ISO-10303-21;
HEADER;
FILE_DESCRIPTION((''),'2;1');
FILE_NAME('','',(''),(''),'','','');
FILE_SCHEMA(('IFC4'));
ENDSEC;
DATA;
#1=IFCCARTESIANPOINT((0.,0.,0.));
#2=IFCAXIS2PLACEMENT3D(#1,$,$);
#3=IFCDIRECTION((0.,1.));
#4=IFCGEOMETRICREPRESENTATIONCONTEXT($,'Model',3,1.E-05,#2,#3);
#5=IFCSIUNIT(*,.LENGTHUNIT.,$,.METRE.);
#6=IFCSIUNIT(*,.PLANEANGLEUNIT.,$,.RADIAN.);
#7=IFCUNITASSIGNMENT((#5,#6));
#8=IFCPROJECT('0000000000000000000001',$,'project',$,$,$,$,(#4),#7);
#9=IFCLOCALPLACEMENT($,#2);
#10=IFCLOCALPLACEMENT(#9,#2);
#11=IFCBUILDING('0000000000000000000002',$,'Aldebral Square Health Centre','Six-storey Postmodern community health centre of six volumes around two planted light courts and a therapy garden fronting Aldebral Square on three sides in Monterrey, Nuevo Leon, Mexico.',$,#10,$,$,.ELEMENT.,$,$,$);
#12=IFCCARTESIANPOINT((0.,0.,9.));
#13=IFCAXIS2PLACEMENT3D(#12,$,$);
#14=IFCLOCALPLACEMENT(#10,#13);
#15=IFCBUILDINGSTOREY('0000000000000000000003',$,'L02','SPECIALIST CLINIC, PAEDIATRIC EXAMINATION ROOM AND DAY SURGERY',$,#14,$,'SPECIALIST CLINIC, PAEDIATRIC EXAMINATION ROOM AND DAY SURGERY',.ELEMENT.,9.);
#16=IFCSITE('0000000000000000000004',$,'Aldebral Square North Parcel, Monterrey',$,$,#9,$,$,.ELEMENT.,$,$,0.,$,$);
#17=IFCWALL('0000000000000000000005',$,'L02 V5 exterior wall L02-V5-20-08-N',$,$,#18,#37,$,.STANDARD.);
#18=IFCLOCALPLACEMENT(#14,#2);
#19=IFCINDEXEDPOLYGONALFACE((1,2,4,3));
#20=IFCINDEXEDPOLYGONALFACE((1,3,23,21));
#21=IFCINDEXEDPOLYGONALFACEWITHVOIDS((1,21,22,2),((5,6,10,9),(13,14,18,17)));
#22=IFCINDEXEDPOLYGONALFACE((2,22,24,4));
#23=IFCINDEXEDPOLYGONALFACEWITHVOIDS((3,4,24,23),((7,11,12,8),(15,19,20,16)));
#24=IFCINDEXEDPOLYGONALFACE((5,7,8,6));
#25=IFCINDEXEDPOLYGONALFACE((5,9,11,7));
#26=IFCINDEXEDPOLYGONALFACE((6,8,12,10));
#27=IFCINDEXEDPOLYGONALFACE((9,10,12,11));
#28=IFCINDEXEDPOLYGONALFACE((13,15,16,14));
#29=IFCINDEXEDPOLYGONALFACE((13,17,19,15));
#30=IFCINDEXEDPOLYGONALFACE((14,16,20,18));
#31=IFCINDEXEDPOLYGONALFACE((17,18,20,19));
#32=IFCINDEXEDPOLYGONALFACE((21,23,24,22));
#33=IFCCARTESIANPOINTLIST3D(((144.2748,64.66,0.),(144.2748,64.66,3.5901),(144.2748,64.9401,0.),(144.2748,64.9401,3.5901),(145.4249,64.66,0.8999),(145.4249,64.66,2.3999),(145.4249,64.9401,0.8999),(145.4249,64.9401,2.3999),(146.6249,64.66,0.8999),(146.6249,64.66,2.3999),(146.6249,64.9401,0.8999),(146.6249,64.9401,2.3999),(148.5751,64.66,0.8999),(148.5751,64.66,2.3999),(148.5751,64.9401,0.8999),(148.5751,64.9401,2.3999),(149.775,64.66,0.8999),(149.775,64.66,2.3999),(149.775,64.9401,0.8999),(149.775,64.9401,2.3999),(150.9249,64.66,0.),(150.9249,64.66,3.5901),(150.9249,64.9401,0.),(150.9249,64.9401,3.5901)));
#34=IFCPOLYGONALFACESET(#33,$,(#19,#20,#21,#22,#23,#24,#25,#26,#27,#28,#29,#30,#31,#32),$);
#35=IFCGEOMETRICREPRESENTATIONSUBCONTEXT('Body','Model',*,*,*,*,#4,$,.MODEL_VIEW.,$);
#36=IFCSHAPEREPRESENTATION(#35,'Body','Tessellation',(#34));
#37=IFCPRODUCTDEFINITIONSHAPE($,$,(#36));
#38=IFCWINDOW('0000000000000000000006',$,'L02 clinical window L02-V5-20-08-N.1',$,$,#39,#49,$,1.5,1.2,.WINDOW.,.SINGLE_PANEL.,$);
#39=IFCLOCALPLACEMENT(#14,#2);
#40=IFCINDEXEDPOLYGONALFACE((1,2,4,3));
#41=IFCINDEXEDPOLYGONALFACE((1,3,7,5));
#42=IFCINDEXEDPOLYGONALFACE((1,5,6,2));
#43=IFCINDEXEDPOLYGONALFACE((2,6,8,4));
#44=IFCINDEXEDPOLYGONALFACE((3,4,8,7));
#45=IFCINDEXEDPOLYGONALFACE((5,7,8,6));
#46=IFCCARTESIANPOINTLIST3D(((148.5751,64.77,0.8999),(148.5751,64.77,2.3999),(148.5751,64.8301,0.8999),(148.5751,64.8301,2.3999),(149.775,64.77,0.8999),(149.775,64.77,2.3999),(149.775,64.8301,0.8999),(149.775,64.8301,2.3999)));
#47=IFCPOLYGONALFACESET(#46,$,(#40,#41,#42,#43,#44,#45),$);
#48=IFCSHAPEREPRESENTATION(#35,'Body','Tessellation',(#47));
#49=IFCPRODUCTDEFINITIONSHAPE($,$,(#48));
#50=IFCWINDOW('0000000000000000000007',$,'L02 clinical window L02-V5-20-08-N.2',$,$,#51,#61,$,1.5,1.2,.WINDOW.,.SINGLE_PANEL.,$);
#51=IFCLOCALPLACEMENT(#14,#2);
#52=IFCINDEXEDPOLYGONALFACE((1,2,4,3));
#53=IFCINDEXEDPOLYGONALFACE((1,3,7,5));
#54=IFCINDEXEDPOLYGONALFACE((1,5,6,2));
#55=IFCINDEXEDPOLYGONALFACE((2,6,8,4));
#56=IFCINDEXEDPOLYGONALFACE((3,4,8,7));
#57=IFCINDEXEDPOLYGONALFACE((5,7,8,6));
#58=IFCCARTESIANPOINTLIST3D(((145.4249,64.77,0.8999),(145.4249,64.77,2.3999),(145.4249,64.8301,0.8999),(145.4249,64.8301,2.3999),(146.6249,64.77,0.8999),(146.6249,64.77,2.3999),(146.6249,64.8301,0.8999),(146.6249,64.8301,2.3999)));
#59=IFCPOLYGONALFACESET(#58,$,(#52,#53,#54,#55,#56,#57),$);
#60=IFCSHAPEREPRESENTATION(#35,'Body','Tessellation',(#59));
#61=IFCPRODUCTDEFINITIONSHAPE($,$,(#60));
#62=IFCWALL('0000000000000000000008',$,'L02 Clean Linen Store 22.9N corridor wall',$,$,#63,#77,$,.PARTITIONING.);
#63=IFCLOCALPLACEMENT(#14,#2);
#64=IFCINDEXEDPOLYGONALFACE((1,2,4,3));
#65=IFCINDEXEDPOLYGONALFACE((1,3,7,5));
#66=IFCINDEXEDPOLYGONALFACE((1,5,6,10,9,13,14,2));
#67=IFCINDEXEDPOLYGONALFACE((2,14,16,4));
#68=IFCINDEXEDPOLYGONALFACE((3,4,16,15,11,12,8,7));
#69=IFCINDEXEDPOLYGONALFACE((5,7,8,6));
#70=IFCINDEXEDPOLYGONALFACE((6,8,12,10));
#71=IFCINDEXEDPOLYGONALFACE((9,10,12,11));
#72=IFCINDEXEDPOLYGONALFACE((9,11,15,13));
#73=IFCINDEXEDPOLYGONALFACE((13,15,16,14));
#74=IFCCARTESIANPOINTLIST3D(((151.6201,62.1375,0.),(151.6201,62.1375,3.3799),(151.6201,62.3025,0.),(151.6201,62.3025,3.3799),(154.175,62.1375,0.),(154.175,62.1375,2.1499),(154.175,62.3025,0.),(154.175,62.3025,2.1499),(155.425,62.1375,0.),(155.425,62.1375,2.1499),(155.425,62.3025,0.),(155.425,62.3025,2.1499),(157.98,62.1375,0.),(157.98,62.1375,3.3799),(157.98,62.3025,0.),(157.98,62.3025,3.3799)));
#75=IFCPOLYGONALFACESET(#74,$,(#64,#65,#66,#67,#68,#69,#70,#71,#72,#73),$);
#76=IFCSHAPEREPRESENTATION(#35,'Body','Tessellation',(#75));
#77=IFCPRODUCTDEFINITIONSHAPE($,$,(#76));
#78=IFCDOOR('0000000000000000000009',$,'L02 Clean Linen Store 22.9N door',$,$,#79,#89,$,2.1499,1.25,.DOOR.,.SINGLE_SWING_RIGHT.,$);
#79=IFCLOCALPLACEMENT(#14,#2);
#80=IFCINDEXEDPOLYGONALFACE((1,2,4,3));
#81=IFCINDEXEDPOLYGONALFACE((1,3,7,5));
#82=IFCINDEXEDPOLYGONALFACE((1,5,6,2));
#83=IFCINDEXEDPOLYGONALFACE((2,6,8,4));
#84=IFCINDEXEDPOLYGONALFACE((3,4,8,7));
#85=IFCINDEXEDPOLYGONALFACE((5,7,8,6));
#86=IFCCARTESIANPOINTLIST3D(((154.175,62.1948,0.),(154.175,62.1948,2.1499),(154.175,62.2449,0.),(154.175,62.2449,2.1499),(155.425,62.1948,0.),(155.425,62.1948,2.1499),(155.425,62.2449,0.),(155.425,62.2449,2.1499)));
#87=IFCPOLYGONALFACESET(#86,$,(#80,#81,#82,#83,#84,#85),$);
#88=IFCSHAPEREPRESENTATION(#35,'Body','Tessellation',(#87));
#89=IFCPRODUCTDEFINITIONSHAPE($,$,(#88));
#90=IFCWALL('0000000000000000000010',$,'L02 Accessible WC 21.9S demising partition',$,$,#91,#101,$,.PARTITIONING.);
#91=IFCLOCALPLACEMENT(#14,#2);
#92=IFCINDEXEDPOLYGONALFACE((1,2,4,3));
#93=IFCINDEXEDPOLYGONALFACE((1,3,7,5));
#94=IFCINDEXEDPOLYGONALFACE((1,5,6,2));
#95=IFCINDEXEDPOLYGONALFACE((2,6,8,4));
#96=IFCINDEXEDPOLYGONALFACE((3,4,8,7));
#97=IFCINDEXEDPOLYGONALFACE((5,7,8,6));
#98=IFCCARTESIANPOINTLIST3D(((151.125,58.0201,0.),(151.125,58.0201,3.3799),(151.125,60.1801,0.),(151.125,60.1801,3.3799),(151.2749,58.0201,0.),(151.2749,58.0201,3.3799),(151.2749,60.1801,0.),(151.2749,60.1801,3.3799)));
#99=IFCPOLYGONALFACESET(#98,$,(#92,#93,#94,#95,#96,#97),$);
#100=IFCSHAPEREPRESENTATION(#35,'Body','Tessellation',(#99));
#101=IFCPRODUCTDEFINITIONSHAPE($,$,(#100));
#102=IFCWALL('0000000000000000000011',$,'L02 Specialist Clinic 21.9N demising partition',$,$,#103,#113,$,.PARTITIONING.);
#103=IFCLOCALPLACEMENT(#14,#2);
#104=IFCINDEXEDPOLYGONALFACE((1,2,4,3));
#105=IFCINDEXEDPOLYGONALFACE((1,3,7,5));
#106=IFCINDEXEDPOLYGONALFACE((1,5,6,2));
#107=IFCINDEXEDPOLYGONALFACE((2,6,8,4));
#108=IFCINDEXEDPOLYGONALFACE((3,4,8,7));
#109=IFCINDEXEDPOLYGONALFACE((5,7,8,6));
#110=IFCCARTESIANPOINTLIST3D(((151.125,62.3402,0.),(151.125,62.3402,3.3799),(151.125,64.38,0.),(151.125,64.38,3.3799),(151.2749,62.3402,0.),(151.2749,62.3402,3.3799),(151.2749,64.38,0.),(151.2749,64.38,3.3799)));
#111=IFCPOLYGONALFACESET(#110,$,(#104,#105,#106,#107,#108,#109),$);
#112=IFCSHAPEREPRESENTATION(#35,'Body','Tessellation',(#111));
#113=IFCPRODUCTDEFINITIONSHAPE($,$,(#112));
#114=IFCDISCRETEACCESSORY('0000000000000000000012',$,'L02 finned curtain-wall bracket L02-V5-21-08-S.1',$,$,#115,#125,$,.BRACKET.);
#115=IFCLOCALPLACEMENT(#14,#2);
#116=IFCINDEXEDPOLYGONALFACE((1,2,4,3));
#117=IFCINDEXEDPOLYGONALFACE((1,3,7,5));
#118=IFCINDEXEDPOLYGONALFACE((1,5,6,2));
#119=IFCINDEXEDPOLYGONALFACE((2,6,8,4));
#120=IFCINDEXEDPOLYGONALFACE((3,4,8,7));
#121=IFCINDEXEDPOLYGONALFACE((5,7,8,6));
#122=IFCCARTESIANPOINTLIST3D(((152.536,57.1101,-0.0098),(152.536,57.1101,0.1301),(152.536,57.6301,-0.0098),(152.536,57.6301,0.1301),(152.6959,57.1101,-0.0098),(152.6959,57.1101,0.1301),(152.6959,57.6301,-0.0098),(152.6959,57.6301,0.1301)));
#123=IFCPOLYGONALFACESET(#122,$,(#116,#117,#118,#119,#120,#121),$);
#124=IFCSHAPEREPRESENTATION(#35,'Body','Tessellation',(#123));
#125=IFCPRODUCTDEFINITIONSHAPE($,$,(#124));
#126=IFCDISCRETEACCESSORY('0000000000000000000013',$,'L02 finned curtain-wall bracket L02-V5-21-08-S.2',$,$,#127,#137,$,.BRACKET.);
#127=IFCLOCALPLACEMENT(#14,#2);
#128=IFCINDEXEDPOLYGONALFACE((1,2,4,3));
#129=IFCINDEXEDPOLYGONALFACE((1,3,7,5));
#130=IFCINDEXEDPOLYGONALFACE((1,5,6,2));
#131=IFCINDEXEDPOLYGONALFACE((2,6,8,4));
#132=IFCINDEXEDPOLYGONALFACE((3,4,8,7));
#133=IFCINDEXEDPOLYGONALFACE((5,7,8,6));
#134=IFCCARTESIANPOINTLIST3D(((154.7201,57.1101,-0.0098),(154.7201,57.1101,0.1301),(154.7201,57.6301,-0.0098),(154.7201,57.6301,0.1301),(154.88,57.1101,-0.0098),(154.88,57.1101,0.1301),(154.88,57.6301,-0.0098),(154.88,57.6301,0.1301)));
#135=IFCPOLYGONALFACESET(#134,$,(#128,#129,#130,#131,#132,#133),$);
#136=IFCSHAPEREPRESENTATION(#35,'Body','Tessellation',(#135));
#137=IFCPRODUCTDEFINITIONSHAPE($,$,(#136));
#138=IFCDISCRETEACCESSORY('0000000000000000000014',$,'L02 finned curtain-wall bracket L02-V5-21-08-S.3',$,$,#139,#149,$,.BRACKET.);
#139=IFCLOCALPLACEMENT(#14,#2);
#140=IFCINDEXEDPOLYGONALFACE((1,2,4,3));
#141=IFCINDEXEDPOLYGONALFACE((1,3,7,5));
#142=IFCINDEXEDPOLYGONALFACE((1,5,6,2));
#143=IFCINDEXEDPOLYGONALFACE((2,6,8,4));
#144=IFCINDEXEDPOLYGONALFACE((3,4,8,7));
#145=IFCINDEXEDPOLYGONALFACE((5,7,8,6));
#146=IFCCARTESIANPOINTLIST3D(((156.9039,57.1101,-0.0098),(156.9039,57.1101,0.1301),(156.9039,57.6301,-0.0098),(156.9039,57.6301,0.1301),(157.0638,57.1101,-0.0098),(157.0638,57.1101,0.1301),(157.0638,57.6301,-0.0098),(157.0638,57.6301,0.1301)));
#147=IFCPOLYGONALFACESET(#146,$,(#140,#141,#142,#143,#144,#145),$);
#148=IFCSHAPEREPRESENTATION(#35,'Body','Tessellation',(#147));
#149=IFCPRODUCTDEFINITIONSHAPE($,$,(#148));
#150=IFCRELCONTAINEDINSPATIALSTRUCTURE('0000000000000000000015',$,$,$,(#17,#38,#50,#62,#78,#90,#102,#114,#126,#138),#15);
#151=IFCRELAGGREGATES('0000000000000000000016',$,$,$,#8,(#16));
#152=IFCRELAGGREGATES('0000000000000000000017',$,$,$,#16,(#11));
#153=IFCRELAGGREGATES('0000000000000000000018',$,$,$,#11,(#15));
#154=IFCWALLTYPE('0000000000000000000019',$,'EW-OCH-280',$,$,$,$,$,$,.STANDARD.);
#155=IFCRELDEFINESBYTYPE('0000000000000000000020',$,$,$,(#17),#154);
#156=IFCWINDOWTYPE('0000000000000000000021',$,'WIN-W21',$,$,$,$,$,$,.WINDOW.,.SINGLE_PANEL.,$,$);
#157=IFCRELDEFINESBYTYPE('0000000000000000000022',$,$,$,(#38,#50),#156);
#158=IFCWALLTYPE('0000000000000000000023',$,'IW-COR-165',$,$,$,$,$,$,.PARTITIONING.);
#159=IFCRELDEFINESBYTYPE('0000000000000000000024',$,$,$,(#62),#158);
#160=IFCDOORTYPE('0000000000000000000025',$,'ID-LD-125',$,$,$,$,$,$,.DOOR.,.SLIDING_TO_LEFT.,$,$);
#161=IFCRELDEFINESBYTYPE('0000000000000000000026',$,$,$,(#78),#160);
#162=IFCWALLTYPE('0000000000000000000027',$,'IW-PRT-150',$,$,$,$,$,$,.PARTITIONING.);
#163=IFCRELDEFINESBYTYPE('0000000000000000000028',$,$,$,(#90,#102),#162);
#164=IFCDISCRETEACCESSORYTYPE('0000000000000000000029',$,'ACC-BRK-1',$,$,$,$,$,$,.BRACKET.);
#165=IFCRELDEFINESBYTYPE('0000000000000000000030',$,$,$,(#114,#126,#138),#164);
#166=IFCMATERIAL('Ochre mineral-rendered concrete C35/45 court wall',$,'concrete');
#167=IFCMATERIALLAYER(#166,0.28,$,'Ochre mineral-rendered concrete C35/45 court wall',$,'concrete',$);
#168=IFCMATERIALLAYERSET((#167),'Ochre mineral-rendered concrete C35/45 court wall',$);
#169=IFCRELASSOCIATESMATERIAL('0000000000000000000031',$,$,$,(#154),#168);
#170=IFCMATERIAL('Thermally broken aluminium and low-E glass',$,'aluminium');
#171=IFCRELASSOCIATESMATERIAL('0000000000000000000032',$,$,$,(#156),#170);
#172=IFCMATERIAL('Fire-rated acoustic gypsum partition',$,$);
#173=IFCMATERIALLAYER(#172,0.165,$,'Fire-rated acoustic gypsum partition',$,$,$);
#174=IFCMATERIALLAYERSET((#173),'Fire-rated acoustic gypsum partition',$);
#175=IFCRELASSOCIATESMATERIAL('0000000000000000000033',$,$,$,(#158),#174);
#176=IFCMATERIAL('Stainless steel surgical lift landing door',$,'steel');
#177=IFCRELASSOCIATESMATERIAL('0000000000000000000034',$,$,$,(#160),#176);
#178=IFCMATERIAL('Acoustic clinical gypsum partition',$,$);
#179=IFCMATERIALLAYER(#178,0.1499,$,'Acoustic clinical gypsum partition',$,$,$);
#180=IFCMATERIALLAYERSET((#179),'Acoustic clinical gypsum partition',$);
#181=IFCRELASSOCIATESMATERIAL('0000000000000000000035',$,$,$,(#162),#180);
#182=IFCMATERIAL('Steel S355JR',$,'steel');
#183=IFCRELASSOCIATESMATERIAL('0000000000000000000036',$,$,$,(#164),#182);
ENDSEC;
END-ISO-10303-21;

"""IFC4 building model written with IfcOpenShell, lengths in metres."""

from ifc_helpers import new_model, si_unit, direction, frame, frame_2d, origin, origin_2d, place, context, subcontext, project, spatial, rectangle, extrude, material, layer, layer_set, type_object, element, fill, save


model = new_model("IFC4")

# Units and contexts
model_context = context("Model", 3, precision=1e-05, world=origin(), true_north=direction((0.0, 1.0)))
body_context = subcontext(model_context, "Body", "Model", "MODEL_VIEW")
ifc_project = project(units=[si_unit("LENGTHUNIT", "METRE"), si_unit("PLANEANGLEUNIT", "RADIAN")], contexts=[model_context])

# Site, building, storey
site_placement = place(None, origin())
site = spatial("IfcSite", under=ifc_project, at=site_placement, Name="Aldebral Square North Parcel, Monterrey", CompositionType="ELEMENT", RefElevation=0.0)
building_placement = place(site_placement, origin())
building = spatial("IfcBuilding", under=site, at=building_placement, Name="Aldebral Square Health Centre", Description="Six-storey Postmodern community health centre of six volumes around two planted light courts and a therapy garden fronting Aldebral Square on three sides in Monterrey, Nuevo Leon, Mexico.", CompositionType="ELEMENT")
storey_placement = place(building_placement, frame((0.0, 0.0, 9.0)))
storey = spatial("IfcBuildingStorey", under=building, at=storey_placement, Name="L02", Description="SPECIALIST CLINIC, PAEDIATRIC EXAMINATION ROOM AND DAY SURGERY", LongName="SPECIALIST CLINIC, PAEDIATRIC EXAMINATION ROOM AND DAY SURGERY", CompositionType="ELEMENT", Elevation=9.0)

# Wall, openings, windows
ifc_material_1 = material(Name="Ochre mineral-rendered concrete C35/45 court wall", Category="concrete")
ifc_layer_1 = layer(ifc_material_1, 0.28, Name="Ochre mineral-rendered concrete C35/45 court wall", Category="concrete")
ifc_layer_set_1 = layer_set([ifc_layer_1], Name="Ochre mineral-rendered concrete C35/45 court wall")
wall_type_1 = type_object("IfcWallType", Name="EW-OCH-280", PredefinedType="STANDARD", material=ifc_layer_set_1)
wall_1_placement = place(storey_placement, frame((150.925, 64.8, 0.0), z_axis=(0.0, 0.0, 1.0), x_axis=(-1.0, 0.0, 0.0)))
wall_1 = element("IfcWall", 1, at=wall_1_placement, inside=storey, type_object=wall_type_1, Name="L02 V5 exterior wall L02-V5-20-08-N", PredefinedType="STANDARD", context=body_context, shape_type="SweptSolid", body=[
    extrude(rectangle(XDim=6.6501, YDim=0.28, at=frame_2d((3.3252, 0.0))), origin(), (0.0, 0.0, 1.0), 3.5901),
])
opening_1_placement = place(wall_1_placement, frame((1.1499, 0.0, 0.8999)))
opening_1 = element("IfcOpeningElement", 2, at=opening_1_placement, cuts=wall_1, PredefinedType="OPENING", context=body_context, shape_type="SweptSolid", body=[
    extrude(rectangle(XDim=1.2, YDim=1.5, at=frame_2d((0.6001, 0.75))), frame((0.0, 0.1499, 0.0), z_axis=(0.0, -1.0, 0.0), x_axis=(1.0, 0.0, 0.0)), (0.0, 0.0, 1.0), 0.3),
])
opening_2_placement = place(wall_1_placement, frame((4.3, 0.0, 0.8999)))
opening_2 = element("IfcOpeningElement", 3, at=opening_2_placement, cuts=wall_1, PredefinedType="OPENING", context=body_context, shape_type="SweptSolid", body=[
    extrude(rectangle(XDim=1.2, YDim=1.5, at=frame_2d((0.6001, 0.75))), frame((0.0, 0.1499, 0.0), z_axis=(0.0, -1.0, 0.0), x_axis=(1.0, 0.0, 0.0)), (0.0, 0.0, 1.0), 0.3),
])
ifc_material_2 = material(Name="Thermally broken aluminium and low-E glass", Category="aluminium")
window_type = type_object("IfcWindowType", Name="WIN-W21", PartitioningType="SINGLE_PANEL", PredefinedType="WINDOW", material=ifc_material_2)
window_1_placement = place(opening_1_placement, origin())
window_1 = element("IfcWindow", 4, at=window_1_placement, inside=storey, type_object=window_type, Name="L02 clinical window L02-V5-20-08-N.1", OverallHeight=1.5, OverallWidth=1.2, PartitioningType="SINGLE_PANEL", PredefinedType="WINDOW", context=body_context, shape_type="SweptSolid", body=[
    extrude(rectangle(XDim=1.2, YDim=1.5, at=frame_2d((0.6001, 0.75))), frame((0.0, 0.03, 0.0), z_axis=(0.0, -1.0, 0.0), x_axis=(1.0, 0.0, 0.0)), (0.0, 0.0, 1.0), 0.0601),
])
fill(opening_1, window_1)
window_2_placement = place(opening_2_placement, origin())
window_2 = element("IfcWindow", 5, at=window_2_placement, inside=storey, type_object=window_type, Name="L02 clinical window L02-V5-20-08-N.2", OverallHeight=1.5, OverallWidth=1.2, PartitioningType="SINGLE_PANEL", PredefinedType="WINDOW", context=body_context, shape_type="SweptSolid", body=[
    extrude(rectangle(XDim=1.2, YDim=1.5, at=frame_2d((0.6001, 0.75))), frame((0.0, 0.03, 0.0), z_axis=(0.0, -1.0, 0.0), x_axis=(1.0, 0.0, 0.0)), (0.0, 0.0, 1.0), 0.0601),
])
fill(opening_2, window_2)

# Wall, opening, door
ifc_material_3 = material(Name="Fire-rated acoustic gypsum partition")
ifc_layer_2 = layer(ifc_material_3, 0.165, Name="Fire-rated acoustic gypsum partition")
ifc_layer_set_2 = layer_set([ifc_layer_2], Name="Fire-rated acoustic gypsum partition")
wall_type_2 = type_object("IfcWallType", Name="IW-COR-165", PredefinedType="PARTITIONING", material=ifc_layer_set_2)
wall_2_placement = place(storey_placement, frame((151.6201, 62.22, 0.0), z_axis=(0.0, 0.0, 1.0), x_axis=(1.0, 0.0, 0.0)))
wall_2 = element("IfcWall", 6, at=wall_2_placement, inside=storey, type_object=wall_type_2, Name="L02 Clean Linen Store 22.9N corridor wall", PredefinedType="PARTITIONING", context=body_context, shape_type="SweptSolid", body=[
    extrude(rectangle(XDim=6.3599, YDim=0.165, at=frame_2d((3.1799, 0.0))), origin(), (0.0, 0.0, 1.0), 3.3799),
])
opening_3_placement = place(wall_2_placement, frame((2.5549, 0.0, 0.0)))
opening_3 = element("IfcOpeningElement", 7, at=opening_3_placement, cuts=wall_2, PredefinedType="OPENING", context=body_context, shape_type="SweptSolid", body=[
    extrude(rectangle(XDim=1.25, YDim=2.1499, at=frame_2d((0.625, 1.075))), frame((0.0, 0.0925, 0.0), z_axis=(0.0, -1.0, 0.0), x_axis=(1.0, 0.0, 0.0)), (0.0, 0.0, 1.0), 0.1851),
])
ifc_material_4 = material(Name="Stainless steel surgical lift landing door", Category="steel")
door_type_1 = type_object("IfcDoorType", Name="ID-LD-125", OperationType="SLIDING_TO_LEFT", PredefinedType="DOOR", material=ifc_material_4)
door_1_placement = place(opening_3_placement, origin())
door_1 = element("IfcDoor", 8, at=door_1_placement, inside=storey, type_object=door_type_1, Name="L02 Clean Linen Store 22.9N door", OperationType="SINGLE_SWING_RIGHT", OverallHeight=2.1499, OverallWidth=1.25, PredefinedType="DOOR", context=body_context, shape_type="SweptSolid", body=[
    extrude(rectangle(XDim=1.25, YDim=2.1499, at=frame_2d((0.625, 1.075))), frame((0.0, 0.0249, 0.0), z_axis=(0.0, -1.0, 0.0), x_axis=(1.0, 0.0, 0.0)), (0.0, 0.0, 1.0), 0.05),
])
fill(opening_3, door_1)

# Walls
ifc_material_5 = material(Name="Acoustic clinical gypsum partition")
ifc_layer_3 = layer(ifc_material_5, 0.1499, Name="Acoustic clinical gypsum partition")
ifc_layer_set_3 = layer_set([ifc_layer_3], Name="Acoustic clinical gypsum partition")
wall_type_3 = type_object("IfcWallType", Name="IW-PRT-150", PredefinedType="PARTITIONING", material=ifc_layer_set_3)
wall_3_placement = place(storey_placement, frame((151.2, 58.02, 0.0), z_axis=(0.0, 0.0, 1.0), x_axis=(0.0, 1.0, 0.0)))
element("IfcWall", 9, at=wall_3_placement, inside=storey, type_object=wall_type_3, Name="L02 Accessible WC 21.9S demising partition", PredefinedType="PARTITIONING", context=body_context, shape_type="SweptSolid", body=[
    extrude(rectangle(XDim=2.1599, YDim=0.1499, at=frame_2d((1.0801, 0.0))), origin(), (0.0, 0.0, 1.0), 3.3799),
])
wall_4_placement = place(storey_placement, frame((151.2, 62.3401, 0.0), z_axis=(0.0, 0.0, 1.0), x_axis=(0.0, 1.0, 0.0)))
element("IfcWall", 10, at=wall_4_placement, inside=storey, type_object=wall_type_3, Name="L02 Specialist Clinic 21.9N demising partition", PredefinedType="PARTITIONING", context=body_context, shape_type="SweptSolid", body=[
    extrude(rectangle(XDim=2.0398, YDim=0.1499, at=frame_2d((1.02, 0.0))), origin(), (0.0, 0.0, 1.0), 3.3799),
])

# Discrete accessories
ifc_material_6 = material(Name="Steel S355JR", Category="steel")
discrete_accessory_type = type_object("IfcDiscreteAccessoryType", Name="ACC-BRK-1", PredefinedType="BRACKET", material=ifc_material_6)
for number, where, z_axis, x_axis, name in (
    (11, (152.616, 57.3701, -0.0098), (0.0, 0.0, 1.0), (1.0, 0.0, 0.0), "L02 finned curtain-wall bracket L02-V5-21-08-S.1"),
    (12, (154.8, 57.3701, -0.0098), (0.0, 0.0, 1.0), (1.0, 0.0, 0.0), "L02 finned curtain-wall bracket L02-V5-21-08-S.2"),
    (13, (156.9839, 57.3701, -0.0098), (0.0, 0.0, 1.0), (1.0, 0.0, 0.0), "L02 finned curtain-wall bracket L02-V5-21-08-S.3"),
):
    element("IfcDiscreteAccessory", number, at=place(storey_placement, frame(where, z_axis=z_axis, x_axis=x_axis)), inside=storey, type_object=discrete_accessory_type, Name=name, PredefinedType="BRACKET", context=body_context, shape_type="SweptSolid", body=[
        extrude(rectangle(XDim=0.1599, YDim=0.52, at=origin_2d()), origin(), (0.0, 0.0, 1.0), 0.1399),
    ])

save(model, "model.ifc")
